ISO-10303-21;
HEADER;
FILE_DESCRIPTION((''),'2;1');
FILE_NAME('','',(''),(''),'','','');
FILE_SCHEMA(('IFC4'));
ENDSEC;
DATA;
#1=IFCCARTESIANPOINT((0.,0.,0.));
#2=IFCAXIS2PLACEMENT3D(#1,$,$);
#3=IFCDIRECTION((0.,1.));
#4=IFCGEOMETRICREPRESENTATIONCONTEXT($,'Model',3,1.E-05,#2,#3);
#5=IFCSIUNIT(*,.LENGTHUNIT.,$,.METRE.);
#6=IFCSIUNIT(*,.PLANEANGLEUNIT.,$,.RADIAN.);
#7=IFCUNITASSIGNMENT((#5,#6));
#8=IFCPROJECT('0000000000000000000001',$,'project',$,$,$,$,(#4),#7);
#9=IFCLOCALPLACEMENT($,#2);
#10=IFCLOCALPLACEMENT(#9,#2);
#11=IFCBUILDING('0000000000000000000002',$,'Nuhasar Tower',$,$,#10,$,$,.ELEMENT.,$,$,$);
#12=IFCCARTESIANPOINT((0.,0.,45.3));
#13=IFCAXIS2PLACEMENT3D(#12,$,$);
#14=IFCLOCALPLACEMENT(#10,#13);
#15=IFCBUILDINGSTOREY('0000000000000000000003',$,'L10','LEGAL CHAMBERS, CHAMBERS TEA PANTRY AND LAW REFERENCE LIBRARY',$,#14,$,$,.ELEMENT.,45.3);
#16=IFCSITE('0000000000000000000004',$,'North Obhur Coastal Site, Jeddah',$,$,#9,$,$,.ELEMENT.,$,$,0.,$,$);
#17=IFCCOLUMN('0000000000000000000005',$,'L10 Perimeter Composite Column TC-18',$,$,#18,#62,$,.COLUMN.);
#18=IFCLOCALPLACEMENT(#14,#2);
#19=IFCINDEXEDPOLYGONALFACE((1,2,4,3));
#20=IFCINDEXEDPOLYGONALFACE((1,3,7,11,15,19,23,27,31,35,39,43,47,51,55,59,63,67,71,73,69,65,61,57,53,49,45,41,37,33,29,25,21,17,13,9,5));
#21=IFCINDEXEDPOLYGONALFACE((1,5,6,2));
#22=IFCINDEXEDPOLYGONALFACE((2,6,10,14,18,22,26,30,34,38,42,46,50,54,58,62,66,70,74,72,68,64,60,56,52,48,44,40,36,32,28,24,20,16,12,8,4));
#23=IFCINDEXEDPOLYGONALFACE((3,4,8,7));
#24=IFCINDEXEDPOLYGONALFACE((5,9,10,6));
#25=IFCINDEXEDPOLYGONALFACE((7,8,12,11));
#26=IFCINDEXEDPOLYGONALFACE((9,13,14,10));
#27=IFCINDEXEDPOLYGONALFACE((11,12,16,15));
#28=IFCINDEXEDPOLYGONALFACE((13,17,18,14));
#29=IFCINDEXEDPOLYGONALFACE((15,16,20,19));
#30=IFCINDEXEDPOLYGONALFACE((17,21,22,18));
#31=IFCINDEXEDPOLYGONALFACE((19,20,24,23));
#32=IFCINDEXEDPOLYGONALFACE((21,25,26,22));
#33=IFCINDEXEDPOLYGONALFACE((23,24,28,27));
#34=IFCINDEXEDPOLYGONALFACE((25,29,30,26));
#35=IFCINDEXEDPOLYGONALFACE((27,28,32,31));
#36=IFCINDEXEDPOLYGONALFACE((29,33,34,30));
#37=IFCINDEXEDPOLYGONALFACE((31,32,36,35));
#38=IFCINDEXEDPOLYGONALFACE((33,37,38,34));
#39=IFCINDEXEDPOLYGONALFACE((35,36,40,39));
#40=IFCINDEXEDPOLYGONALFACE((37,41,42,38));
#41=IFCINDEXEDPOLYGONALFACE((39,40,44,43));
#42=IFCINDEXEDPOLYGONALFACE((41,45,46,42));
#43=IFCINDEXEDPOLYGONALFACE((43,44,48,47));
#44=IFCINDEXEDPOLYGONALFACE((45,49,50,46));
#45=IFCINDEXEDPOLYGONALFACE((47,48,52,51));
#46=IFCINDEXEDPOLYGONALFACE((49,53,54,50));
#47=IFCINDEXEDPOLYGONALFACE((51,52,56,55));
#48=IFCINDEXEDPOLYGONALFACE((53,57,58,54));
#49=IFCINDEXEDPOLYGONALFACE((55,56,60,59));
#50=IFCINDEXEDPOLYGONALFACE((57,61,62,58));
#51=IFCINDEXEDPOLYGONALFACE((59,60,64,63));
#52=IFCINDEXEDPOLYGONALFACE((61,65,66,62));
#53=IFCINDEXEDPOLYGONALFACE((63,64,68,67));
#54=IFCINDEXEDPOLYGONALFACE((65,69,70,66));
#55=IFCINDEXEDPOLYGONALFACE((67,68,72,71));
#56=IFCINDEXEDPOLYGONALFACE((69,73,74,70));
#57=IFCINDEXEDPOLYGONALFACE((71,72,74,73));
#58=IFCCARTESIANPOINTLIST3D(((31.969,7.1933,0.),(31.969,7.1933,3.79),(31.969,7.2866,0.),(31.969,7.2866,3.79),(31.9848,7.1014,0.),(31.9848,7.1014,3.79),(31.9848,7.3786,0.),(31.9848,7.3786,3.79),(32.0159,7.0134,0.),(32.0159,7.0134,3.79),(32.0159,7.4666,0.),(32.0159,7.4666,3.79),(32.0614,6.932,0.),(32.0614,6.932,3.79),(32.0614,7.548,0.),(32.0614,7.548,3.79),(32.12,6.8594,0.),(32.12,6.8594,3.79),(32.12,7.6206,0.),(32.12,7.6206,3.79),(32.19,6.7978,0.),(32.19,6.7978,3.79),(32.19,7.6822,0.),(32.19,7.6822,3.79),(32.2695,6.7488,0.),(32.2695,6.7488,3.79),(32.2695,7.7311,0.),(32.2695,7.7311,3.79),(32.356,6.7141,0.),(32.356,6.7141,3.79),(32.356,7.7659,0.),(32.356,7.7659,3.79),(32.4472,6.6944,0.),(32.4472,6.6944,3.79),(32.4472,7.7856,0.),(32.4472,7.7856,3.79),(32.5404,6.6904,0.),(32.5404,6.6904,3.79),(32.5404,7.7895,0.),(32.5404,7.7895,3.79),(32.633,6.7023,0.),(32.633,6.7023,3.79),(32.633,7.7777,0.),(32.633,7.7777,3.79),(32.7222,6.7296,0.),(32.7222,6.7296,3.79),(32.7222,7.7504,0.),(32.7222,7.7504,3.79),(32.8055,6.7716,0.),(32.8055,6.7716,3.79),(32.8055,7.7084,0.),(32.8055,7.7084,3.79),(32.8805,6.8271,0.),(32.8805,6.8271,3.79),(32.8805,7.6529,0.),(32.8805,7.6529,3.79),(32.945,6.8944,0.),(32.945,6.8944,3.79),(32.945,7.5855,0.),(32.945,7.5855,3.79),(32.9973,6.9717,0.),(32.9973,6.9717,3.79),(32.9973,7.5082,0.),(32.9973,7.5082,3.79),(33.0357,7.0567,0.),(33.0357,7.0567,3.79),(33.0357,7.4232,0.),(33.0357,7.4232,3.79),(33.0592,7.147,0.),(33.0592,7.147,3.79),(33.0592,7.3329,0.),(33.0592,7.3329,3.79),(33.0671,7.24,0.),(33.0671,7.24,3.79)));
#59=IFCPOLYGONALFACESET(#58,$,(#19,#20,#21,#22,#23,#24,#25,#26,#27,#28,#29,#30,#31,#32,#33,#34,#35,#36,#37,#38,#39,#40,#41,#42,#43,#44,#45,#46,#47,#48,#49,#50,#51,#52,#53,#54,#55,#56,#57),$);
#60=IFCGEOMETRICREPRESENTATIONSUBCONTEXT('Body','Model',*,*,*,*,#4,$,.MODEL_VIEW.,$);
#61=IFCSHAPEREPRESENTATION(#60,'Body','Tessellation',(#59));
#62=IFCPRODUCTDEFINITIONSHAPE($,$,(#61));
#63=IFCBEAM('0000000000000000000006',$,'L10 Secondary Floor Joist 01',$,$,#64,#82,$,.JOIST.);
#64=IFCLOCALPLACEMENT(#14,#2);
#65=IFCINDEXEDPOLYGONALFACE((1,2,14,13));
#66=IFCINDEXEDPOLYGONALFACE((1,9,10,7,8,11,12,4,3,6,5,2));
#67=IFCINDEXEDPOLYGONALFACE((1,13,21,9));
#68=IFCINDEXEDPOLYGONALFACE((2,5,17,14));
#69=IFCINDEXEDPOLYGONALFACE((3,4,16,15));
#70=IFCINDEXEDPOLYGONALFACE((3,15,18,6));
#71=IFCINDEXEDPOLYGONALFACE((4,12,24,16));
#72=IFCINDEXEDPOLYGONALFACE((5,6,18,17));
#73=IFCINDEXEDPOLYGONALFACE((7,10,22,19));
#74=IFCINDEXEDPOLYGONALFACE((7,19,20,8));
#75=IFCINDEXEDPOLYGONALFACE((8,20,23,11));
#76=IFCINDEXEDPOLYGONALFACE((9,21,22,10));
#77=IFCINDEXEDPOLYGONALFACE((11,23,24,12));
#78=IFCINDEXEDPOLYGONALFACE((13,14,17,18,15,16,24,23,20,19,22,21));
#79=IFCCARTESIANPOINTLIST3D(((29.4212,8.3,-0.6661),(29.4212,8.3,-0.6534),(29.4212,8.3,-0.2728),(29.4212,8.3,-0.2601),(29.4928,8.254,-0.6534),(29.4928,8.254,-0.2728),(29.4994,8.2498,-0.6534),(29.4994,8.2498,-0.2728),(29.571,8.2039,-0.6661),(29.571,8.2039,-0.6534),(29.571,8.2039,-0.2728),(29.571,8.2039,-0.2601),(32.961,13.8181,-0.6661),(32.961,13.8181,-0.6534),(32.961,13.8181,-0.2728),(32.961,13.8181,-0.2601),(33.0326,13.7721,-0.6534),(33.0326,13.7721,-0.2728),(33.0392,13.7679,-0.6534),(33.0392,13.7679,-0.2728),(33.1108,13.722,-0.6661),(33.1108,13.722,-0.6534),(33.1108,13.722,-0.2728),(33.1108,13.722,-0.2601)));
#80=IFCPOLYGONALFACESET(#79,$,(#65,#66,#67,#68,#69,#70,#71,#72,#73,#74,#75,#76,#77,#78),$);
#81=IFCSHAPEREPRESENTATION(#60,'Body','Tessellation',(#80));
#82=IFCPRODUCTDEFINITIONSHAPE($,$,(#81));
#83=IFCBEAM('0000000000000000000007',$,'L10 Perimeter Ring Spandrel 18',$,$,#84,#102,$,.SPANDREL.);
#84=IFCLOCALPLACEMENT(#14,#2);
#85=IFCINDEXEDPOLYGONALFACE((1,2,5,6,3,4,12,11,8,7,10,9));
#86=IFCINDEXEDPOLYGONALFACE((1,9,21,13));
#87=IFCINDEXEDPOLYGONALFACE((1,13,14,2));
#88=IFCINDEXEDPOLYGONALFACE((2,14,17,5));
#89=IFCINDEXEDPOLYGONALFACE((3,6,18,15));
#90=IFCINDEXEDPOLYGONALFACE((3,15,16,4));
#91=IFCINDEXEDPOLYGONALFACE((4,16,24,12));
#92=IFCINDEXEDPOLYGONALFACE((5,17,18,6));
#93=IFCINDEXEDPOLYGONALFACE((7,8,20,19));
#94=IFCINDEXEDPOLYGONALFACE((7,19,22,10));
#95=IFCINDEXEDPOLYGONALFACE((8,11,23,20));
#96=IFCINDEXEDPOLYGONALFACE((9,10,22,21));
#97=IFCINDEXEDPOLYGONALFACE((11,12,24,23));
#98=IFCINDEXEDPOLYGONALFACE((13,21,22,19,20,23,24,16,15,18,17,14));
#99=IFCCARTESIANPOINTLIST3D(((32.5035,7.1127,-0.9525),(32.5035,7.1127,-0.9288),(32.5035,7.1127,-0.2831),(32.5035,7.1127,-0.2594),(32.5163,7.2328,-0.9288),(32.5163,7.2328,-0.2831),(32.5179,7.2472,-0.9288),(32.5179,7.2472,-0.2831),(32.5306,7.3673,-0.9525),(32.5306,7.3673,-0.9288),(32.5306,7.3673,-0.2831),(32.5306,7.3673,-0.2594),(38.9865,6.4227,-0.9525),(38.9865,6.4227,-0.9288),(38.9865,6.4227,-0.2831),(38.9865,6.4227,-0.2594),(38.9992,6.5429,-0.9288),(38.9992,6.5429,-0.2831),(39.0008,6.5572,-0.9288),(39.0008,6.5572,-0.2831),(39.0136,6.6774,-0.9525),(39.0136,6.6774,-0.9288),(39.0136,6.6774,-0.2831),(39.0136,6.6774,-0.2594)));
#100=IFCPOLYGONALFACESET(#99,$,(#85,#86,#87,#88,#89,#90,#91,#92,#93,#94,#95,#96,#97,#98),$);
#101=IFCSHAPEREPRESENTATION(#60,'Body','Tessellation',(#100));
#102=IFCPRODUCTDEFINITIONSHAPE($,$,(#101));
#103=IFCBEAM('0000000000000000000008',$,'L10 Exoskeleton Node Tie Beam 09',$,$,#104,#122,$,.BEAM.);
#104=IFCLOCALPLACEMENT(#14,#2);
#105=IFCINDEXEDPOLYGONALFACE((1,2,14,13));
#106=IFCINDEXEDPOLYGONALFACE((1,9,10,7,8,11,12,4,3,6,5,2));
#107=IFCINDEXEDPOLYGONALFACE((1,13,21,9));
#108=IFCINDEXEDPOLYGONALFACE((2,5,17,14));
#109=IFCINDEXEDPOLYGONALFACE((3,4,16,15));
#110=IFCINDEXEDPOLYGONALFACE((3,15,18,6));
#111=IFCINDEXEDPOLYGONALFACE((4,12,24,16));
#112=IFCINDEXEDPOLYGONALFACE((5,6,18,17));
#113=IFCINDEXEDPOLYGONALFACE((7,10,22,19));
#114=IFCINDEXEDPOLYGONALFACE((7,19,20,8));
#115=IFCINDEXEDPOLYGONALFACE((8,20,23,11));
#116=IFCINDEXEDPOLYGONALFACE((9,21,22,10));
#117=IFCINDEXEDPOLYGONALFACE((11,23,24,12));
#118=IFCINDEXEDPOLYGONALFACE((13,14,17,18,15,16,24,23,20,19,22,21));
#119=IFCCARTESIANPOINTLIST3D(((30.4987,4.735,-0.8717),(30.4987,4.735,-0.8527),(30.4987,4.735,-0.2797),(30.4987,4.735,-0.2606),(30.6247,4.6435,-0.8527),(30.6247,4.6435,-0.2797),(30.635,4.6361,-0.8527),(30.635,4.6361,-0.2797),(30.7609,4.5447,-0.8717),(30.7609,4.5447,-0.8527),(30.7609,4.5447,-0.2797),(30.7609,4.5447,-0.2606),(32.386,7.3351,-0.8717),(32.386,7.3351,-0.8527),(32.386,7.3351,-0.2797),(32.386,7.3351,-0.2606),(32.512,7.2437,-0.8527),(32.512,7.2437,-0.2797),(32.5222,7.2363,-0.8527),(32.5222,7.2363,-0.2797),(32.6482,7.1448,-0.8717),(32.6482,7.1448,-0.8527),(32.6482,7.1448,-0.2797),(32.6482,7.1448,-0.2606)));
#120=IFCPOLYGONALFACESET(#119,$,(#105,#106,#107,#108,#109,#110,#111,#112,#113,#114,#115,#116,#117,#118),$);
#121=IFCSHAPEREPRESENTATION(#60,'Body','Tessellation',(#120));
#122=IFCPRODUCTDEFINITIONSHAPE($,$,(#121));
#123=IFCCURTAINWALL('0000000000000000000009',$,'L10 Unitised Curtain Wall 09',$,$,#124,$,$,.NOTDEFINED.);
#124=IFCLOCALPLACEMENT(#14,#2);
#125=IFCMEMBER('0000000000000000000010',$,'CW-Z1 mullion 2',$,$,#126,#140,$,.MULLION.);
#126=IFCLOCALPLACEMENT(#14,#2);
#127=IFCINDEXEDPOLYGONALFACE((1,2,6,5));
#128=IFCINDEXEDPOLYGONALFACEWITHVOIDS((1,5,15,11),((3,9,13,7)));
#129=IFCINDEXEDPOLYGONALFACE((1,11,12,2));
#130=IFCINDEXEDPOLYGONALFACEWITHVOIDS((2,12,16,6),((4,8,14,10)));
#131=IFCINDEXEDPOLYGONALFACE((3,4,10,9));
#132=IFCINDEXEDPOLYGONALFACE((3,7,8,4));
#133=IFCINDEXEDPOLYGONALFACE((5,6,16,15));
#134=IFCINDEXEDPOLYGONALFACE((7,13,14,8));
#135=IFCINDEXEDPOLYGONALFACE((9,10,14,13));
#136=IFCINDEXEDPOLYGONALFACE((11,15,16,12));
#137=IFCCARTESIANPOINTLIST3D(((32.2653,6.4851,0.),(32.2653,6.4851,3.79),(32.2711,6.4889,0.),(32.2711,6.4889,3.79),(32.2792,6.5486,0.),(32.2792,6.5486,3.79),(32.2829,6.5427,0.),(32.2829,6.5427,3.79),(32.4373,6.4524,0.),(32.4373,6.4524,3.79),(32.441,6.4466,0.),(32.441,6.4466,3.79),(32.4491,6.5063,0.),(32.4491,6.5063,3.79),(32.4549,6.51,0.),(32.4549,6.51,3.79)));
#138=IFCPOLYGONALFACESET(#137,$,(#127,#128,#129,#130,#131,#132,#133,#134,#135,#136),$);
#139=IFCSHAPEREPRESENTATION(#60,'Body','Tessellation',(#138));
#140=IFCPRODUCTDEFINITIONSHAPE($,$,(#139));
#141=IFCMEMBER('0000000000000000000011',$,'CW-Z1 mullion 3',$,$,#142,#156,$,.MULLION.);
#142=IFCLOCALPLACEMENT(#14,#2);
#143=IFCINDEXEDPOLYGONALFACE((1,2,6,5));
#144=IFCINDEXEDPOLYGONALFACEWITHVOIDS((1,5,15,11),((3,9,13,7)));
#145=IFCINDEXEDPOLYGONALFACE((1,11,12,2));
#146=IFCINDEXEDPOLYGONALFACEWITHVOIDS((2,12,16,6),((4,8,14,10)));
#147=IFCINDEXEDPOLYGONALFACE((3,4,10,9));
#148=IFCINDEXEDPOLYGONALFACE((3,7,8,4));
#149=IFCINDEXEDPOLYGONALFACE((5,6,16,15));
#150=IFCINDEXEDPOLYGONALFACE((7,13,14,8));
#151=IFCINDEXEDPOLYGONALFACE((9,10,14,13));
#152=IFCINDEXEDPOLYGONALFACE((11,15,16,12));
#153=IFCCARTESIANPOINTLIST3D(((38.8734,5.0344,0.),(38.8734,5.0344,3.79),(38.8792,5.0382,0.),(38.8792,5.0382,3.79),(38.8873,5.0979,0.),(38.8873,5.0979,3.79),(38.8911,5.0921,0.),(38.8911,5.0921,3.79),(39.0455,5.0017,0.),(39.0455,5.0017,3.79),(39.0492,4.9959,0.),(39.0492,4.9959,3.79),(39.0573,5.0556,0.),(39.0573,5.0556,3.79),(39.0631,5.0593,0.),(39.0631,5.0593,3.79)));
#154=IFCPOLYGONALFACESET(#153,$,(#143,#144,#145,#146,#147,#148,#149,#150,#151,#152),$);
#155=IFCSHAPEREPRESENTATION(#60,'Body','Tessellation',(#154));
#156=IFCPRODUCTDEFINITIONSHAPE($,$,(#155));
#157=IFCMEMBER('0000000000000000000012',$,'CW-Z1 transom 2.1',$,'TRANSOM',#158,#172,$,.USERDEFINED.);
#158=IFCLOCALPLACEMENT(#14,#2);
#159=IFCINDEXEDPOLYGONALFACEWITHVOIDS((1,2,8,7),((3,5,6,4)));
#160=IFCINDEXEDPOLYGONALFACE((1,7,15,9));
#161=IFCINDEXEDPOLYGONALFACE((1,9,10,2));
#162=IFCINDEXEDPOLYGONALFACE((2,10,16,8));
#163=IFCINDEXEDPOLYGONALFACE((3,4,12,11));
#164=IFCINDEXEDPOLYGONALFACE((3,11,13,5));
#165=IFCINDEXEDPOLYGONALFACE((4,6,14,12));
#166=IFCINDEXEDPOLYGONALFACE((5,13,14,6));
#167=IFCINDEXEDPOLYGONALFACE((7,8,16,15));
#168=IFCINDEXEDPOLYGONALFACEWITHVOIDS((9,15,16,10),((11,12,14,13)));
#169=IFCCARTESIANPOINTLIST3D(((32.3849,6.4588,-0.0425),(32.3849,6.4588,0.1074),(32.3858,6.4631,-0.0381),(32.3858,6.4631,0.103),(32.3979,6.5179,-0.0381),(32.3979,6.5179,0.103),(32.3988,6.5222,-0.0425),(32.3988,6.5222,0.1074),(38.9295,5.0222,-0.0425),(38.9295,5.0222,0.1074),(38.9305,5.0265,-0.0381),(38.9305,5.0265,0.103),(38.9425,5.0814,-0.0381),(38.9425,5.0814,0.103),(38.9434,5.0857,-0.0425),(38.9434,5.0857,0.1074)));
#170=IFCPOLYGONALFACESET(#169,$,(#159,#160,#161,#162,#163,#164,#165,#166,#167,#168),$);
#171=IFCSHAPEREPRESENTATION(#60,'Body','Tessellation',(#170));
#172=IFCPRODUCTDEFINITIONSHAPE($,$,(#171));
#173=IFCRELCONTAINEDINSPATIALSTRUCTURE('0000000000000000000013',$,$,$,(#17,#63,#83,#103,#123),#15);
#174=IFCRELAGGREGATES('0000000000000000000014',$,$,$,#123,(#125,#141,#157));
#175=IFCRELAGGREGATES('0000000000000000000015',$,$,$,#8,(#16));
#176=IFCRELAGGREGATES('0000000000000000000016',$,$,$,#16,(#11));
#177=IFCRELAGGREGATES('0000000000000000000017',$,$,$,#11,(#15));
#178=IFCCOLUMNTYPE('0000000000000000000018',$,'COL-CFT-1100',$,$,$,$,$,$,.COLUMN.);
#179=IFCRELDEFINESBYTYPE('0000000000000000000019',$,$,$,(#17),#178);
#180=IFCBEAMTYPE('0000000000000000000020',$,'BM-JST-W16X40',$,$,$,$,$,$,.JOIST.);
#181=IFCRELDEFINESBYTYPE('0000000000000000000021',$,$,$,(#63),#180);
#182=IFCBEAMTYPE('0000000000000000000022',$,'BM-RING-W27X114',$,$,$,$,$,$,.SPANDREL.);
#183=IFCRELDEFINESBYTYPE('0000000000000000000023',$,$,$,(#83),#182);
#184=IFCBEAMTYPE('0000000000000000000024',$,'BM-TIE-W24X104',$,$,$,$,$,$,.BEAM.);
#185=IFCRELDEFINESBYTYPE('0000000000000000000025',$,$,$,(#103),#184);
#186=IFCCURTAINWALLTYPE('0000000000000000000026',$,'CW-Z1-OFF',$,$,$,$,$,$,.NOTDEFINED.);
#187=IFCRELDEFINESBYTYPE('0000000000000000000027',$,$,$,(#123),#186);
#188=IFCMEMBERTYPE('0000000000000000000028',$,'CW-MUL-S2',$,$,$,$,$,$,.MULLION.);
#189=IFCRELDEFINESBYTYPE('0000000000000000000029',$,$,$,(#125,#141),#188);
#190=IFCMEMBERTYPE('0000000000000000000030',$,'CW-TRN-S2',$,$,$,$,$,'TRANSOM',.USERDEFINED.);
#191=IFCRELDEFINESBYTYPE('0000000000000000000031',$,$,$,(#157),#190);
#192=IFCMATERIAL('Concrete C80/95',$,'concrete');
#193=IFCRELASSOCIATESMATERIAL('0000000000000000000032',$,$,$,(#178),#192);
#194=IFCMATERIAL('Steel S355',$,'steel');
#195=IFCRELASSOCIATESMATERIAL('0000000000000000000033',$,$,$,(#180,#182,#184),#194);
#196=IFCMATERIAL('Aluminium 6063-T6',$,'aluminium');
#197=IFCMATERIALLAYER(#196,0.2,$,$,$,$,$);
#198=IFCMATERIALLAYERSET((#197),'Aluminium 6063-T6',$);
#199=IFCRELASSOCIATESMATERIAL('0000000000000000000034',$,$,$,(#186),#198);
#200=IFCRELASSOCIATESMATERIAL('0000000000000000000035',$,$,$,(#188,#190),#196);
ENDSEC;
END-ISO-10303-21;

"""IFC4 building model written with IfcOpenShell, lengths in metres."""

from ifc_helpers import new_model, si_unit, direction, frame, origin, origin_2d, place, context, subcontext, project, spatial, hollow_rectangle, circle, i_section, extrude, material, layer, layer_set, material_profile, profile_set, type_object, element, aggregate, save


model = new_model("IFC4")

# Units and contexts
model_context = context("Model", 3, precision=1e-05, world=origin(), true_north=direction((0.0, 1.0)))
body_context = subcontext(model_context, "Body", "Model", "MODEL_VIEW")
ifc_project = project(units=[si_unit("LENGTHUNIT", "METRE"), si_unit("PLANEANGLEUNIT", "RADIAN")], contexts=[model_context])

# Site, building, storey
site_placement = place(None, origin())
site = spatial("IfcSite", under=ifc_project, at=site_placement, Name="North Obhur Coastal Site, Jeddah", CompositionType="ELEMENT", RefElevation=0.0)
building_placement = place(site_placement, origin())
building = spatial("IfcBuilding", under=site, at=building_placement, Name="Nuhasar Tower", CompositionType="ELEMENT")
storey_placement = place(building_placement, frame((0.0, 0.0, 45.3)))
storey = spatial("IfcBuildingStorey", under=building, at=storey_placement, Name="L10", Description="LEGAL CHAMBERS, CHAMBERS TEA PANTRY AND LAW REFERENCE LIBRARY", CompositionType="ELEMENT", Elevation=45.3)

# Column
ifc_material_1 = material(Name="Concrete C80/95", Category="concrete")
ifc_material_profile_1 = material_profile(ifc_material_1, circle(Radius=0.55, at=origin_2d()), Name="CFT1100")
ifc_profile_set_1 = profile_set([ifc_material_profile_1], Name="Concrete C80/95")
column_type = type_object("IfcColumnType", Name="COL-CFT-1100", PredefinedType="COLUMN", material=ifc_profile_set_1)
column_placement = place(storey_placement, frame((32.5171, 7.24, 0.0), z_axis=(0.0, 0.0, 1.0), x_axis=(1.0, 0.0, 0.0)))
element("IfcColumn", 1, at=column_placement, inside=storey, type_object=column_type, Name="L10 Perimeter Composite Column TC-18", PredefinedType="COLUMN", context=body_context, shape_type="SweptSolid", body=[
    extrude(circle(Radius=0.55, at=origin_2d()), origin(), (0.0, 0.0, 1.0), 3.79),
])

# Beams
ifc_material_2 = material(Name="Steel S355", Category="steel")
ifc_material_profile_2 = material_profile(ifc_material_2, i_section(OverallWidth=0.178, OverallDepth=0.406, WebThickness=0.0078, FlangeThickness=0.0127, at=origin_2d()), Name="W16X40")
ifc_profile_set_2 = profile_set([ifc_material_profile_2], Name="Steel S355")
beam_type_1 = type_object("IfcBeamType", Name="BM-JST-W16X40", PredefinedType="JOIST", material=ifc_profile_set_2)
beam_1_placement = place(storey_placement, frame((33.0359, 13.77, -0.4631), z_axis=(-0.539944, -0.841701, 0.0), x_axis=(0.841701, -0.539944, 0.0)))
element("IfcBeam", 2, at=beam_1_placement, inside=storey, type_object=beam_type_1, Name="L10 Secondary Floor Joist 01", PredefinedType="JOIST", context=body_context, shape_type="SweptSolid", body=[
    extrude(i_section(OverallWidth=0.178, OverallDepth=0.406, WebThickness=0.0078, FlangeThickness=0.0127, at=origin_2d()), origin(), (0.0, 0.0, 1.0), 6.5559),
])
ifc_material_profile_3 = material_profile(ifc_material_2, i_section(OverallWidth=0.2561, OverallDepth=0.6931, WebThickness=0.0144, FlangeThickness=0.0237, at=origin_2d()), Name="W27X114")
ifc_profile_set_3 = profile_set([ifc_material_profile_3], Name="Steel S355")
beam_type_2 = type_object("IfcBeamType", Name="BM-RING-W27X114", PredefinedType="SPANDREL", material=ifc_profile_set_3)
beam_2_placement = place(storey_placement, frame((32.5171, 7.24, -0.606), z_axis=(0.994385, -0.105827, 0.0), x_axis=(0.105827, 0.994385, 0.0)))
element("IfcBeam", 3, at=beam_2_placement, inside=storey, type_object=beam_type_2, Name="L10 Perimeter Ring Spandrel 18", PredefinedType="SPANDREL", context=body_context, shape_type="SweptSolid", body=[
    extrude(i_section(OverallWidth=0.2561, OverallDepth=0.6931, WebThickness=0.0144, FlangeThickness=0.0237, at=origin_2d()), origin(), (0.0, 0.0, 1.0), 6.5195),
])
ifc_material_profile_4 = material_profile(ifc_material_2, i_section(OverallWidth=0.324, OverallDepth=0.6111, WebThickness=0.0127, FlangeThickness=0.019, at=origin_2d()), Name="W24X104")
ifc_profile_set_4 = profile_set([ifc_material_profile_4], Name="Steel S355")
beam_type_3 = type_object("IfcBeamType", Name="BM-TIE-W24X104", PredefinedType="BEAM", material=ifc_profile_set_4)
beam_3_placement = place(storey_placement, frame((32.5171, 7.24, -0.5662), z_axis=(-0.587403, -0.809294, 0.0), x_axis=(0.809294, -0.587403, 0.0)))
element("IfcBeam", 4, at=beam_3_placement, inside=storey, type_object=beam_type_3, Name="L10 Exoskeleton Node Tie Beam 09", PredefinedType="BEAM", context=body_context, shape_type="SweptSolid", body=[
    extrude(i_section(OverallWidth=0.324, OverallDepth=0.6111, WebThickness=0.0127, FlangeThickness=0.019, at=origin_2d()), origin(), (0.0, 0.0, 1.0), 3.2129),
])

# Curtain wall, members
ifc_material_3 = material(Name="Aluminium 6063-T6", Category="aluminium")
ifc_layer_1 = layer(ifc_material_3, 0.2)
ifc_layer_set_1 = layer_set([ifc_layer_1], Name="Aluminium 6063-T6")
curtain_wall_type = type_object("IfcCurtainWallType", Name="CW-Z1-OFF", PredefinedType="NOTDEFINED", material=ifc_layer_set_1)
curtain_wall_placement = place(storey_placement, origin())
curtain_wall = element("IfcCurtainWall", 5, at=curtain_wall_placement, inside=storey, type_object=curtain_wall_type, Name="L10 Unitised Curtain Wall 09", PredefinedType="NOTDEFINED")
ifc_material_profile_5 = material_profile(ifc_material_3, hollow_rectangle(XDim=0.0649, YDim=0.1799, WallThickness=0.0049, at=origin_2d()), Name="CWM-2")
ifc_profile_set_5 = profile_set([ifc_material_profile_5], Name="Aluminium 6063-T6")
member_type_1 = type_object("IfcMemberType", Name="CW-MUL-S2", PredefinedType="MULLION", material=ifc_profile_set_5)
member_1_placement = place(storey_placement, frame((32.3601, 6.4976, 0.0), z_axis=(0.0, 0.0, 1.0), x_axis=(0.214399, 0.976746, 0.0)))
member_1 = element("IfcMember", 6, at=member_1_placement, type_object=member_type_1, Name="CW-Z1 mullion 2", PredefinedType="MULLION", context=body_context, shape_type="SweptSolid", body=[
    extrude(hollow_rectangle(XDim=0.0649, YDim=0.1799, WallThickness=0.0049, at=origin_2d()), origin(), (0.0, 0.0, 1.0), 3.79),
])
member_2_placement = place(storey_placement, frame((38.9683, 5.0469, 0.0), z_axis=(0.0, 0.0, 1.0), x_axis=(0.214399, 0.976746, 0.0)))
member_2 = element("IfcMember", 7, at=member_2_placement, type_object=member_type_1, Name="CW-Z1 mullion 3", PredefinedType="MULLION", context=body_context, shape_type="SweptSolid", body=[
    extrude(hollow_rectangle(XDim=0.0649, YDim=0.1799, WallThickness=0.0049, at=origin_2d()), origin(), (0.0, 0.0, 1.0), 3.79),
])
ifc_material_profile_6 = material_profile(ifc_material_3, hollow_rectangle(XDim=0.0649, YDim=0.1499, WallThickness=0.0044, at=origin_2d()), Name="CWT-2")
ifc_profile_set_6 = profile_set([ifc_material_profile_6], Name="Aluminium 6063-T6")
member_type_2 = type_object("IfcMemberType", Name="CW-TRN-S2", ElementType="TRANSOM", PredefinedType="USERDEFINED", material=ifc_profile_set_6)
member_3_placement = place(storey_placement, frame((32.3918, 6.4905, 0.0325), z_axis=(0.976748, -0.214391, 0.0), x_axis=(0.214391, 0.976748, 0.0)))
member_3 = element("IfcMember", 8, at=member_3_placement, type_object=member_type_2, Name="CW-Z1 transom 2.1", ObjectType="TRANSOM", PredefinedType="USERDEFINED", context=body_context, shape_type="SweptSolid", body=[
    extrude(hollow_rectangle(XDim=0.0649, YDim=0.1499, WallThickness=0.0044, at=origin_2d()), origin(), (0.0, 0.0, 1.0), 6.7004),
])

aggregate(curtain_wall, [member_1, member_2, member_3])

save(model, "model.ifc")
